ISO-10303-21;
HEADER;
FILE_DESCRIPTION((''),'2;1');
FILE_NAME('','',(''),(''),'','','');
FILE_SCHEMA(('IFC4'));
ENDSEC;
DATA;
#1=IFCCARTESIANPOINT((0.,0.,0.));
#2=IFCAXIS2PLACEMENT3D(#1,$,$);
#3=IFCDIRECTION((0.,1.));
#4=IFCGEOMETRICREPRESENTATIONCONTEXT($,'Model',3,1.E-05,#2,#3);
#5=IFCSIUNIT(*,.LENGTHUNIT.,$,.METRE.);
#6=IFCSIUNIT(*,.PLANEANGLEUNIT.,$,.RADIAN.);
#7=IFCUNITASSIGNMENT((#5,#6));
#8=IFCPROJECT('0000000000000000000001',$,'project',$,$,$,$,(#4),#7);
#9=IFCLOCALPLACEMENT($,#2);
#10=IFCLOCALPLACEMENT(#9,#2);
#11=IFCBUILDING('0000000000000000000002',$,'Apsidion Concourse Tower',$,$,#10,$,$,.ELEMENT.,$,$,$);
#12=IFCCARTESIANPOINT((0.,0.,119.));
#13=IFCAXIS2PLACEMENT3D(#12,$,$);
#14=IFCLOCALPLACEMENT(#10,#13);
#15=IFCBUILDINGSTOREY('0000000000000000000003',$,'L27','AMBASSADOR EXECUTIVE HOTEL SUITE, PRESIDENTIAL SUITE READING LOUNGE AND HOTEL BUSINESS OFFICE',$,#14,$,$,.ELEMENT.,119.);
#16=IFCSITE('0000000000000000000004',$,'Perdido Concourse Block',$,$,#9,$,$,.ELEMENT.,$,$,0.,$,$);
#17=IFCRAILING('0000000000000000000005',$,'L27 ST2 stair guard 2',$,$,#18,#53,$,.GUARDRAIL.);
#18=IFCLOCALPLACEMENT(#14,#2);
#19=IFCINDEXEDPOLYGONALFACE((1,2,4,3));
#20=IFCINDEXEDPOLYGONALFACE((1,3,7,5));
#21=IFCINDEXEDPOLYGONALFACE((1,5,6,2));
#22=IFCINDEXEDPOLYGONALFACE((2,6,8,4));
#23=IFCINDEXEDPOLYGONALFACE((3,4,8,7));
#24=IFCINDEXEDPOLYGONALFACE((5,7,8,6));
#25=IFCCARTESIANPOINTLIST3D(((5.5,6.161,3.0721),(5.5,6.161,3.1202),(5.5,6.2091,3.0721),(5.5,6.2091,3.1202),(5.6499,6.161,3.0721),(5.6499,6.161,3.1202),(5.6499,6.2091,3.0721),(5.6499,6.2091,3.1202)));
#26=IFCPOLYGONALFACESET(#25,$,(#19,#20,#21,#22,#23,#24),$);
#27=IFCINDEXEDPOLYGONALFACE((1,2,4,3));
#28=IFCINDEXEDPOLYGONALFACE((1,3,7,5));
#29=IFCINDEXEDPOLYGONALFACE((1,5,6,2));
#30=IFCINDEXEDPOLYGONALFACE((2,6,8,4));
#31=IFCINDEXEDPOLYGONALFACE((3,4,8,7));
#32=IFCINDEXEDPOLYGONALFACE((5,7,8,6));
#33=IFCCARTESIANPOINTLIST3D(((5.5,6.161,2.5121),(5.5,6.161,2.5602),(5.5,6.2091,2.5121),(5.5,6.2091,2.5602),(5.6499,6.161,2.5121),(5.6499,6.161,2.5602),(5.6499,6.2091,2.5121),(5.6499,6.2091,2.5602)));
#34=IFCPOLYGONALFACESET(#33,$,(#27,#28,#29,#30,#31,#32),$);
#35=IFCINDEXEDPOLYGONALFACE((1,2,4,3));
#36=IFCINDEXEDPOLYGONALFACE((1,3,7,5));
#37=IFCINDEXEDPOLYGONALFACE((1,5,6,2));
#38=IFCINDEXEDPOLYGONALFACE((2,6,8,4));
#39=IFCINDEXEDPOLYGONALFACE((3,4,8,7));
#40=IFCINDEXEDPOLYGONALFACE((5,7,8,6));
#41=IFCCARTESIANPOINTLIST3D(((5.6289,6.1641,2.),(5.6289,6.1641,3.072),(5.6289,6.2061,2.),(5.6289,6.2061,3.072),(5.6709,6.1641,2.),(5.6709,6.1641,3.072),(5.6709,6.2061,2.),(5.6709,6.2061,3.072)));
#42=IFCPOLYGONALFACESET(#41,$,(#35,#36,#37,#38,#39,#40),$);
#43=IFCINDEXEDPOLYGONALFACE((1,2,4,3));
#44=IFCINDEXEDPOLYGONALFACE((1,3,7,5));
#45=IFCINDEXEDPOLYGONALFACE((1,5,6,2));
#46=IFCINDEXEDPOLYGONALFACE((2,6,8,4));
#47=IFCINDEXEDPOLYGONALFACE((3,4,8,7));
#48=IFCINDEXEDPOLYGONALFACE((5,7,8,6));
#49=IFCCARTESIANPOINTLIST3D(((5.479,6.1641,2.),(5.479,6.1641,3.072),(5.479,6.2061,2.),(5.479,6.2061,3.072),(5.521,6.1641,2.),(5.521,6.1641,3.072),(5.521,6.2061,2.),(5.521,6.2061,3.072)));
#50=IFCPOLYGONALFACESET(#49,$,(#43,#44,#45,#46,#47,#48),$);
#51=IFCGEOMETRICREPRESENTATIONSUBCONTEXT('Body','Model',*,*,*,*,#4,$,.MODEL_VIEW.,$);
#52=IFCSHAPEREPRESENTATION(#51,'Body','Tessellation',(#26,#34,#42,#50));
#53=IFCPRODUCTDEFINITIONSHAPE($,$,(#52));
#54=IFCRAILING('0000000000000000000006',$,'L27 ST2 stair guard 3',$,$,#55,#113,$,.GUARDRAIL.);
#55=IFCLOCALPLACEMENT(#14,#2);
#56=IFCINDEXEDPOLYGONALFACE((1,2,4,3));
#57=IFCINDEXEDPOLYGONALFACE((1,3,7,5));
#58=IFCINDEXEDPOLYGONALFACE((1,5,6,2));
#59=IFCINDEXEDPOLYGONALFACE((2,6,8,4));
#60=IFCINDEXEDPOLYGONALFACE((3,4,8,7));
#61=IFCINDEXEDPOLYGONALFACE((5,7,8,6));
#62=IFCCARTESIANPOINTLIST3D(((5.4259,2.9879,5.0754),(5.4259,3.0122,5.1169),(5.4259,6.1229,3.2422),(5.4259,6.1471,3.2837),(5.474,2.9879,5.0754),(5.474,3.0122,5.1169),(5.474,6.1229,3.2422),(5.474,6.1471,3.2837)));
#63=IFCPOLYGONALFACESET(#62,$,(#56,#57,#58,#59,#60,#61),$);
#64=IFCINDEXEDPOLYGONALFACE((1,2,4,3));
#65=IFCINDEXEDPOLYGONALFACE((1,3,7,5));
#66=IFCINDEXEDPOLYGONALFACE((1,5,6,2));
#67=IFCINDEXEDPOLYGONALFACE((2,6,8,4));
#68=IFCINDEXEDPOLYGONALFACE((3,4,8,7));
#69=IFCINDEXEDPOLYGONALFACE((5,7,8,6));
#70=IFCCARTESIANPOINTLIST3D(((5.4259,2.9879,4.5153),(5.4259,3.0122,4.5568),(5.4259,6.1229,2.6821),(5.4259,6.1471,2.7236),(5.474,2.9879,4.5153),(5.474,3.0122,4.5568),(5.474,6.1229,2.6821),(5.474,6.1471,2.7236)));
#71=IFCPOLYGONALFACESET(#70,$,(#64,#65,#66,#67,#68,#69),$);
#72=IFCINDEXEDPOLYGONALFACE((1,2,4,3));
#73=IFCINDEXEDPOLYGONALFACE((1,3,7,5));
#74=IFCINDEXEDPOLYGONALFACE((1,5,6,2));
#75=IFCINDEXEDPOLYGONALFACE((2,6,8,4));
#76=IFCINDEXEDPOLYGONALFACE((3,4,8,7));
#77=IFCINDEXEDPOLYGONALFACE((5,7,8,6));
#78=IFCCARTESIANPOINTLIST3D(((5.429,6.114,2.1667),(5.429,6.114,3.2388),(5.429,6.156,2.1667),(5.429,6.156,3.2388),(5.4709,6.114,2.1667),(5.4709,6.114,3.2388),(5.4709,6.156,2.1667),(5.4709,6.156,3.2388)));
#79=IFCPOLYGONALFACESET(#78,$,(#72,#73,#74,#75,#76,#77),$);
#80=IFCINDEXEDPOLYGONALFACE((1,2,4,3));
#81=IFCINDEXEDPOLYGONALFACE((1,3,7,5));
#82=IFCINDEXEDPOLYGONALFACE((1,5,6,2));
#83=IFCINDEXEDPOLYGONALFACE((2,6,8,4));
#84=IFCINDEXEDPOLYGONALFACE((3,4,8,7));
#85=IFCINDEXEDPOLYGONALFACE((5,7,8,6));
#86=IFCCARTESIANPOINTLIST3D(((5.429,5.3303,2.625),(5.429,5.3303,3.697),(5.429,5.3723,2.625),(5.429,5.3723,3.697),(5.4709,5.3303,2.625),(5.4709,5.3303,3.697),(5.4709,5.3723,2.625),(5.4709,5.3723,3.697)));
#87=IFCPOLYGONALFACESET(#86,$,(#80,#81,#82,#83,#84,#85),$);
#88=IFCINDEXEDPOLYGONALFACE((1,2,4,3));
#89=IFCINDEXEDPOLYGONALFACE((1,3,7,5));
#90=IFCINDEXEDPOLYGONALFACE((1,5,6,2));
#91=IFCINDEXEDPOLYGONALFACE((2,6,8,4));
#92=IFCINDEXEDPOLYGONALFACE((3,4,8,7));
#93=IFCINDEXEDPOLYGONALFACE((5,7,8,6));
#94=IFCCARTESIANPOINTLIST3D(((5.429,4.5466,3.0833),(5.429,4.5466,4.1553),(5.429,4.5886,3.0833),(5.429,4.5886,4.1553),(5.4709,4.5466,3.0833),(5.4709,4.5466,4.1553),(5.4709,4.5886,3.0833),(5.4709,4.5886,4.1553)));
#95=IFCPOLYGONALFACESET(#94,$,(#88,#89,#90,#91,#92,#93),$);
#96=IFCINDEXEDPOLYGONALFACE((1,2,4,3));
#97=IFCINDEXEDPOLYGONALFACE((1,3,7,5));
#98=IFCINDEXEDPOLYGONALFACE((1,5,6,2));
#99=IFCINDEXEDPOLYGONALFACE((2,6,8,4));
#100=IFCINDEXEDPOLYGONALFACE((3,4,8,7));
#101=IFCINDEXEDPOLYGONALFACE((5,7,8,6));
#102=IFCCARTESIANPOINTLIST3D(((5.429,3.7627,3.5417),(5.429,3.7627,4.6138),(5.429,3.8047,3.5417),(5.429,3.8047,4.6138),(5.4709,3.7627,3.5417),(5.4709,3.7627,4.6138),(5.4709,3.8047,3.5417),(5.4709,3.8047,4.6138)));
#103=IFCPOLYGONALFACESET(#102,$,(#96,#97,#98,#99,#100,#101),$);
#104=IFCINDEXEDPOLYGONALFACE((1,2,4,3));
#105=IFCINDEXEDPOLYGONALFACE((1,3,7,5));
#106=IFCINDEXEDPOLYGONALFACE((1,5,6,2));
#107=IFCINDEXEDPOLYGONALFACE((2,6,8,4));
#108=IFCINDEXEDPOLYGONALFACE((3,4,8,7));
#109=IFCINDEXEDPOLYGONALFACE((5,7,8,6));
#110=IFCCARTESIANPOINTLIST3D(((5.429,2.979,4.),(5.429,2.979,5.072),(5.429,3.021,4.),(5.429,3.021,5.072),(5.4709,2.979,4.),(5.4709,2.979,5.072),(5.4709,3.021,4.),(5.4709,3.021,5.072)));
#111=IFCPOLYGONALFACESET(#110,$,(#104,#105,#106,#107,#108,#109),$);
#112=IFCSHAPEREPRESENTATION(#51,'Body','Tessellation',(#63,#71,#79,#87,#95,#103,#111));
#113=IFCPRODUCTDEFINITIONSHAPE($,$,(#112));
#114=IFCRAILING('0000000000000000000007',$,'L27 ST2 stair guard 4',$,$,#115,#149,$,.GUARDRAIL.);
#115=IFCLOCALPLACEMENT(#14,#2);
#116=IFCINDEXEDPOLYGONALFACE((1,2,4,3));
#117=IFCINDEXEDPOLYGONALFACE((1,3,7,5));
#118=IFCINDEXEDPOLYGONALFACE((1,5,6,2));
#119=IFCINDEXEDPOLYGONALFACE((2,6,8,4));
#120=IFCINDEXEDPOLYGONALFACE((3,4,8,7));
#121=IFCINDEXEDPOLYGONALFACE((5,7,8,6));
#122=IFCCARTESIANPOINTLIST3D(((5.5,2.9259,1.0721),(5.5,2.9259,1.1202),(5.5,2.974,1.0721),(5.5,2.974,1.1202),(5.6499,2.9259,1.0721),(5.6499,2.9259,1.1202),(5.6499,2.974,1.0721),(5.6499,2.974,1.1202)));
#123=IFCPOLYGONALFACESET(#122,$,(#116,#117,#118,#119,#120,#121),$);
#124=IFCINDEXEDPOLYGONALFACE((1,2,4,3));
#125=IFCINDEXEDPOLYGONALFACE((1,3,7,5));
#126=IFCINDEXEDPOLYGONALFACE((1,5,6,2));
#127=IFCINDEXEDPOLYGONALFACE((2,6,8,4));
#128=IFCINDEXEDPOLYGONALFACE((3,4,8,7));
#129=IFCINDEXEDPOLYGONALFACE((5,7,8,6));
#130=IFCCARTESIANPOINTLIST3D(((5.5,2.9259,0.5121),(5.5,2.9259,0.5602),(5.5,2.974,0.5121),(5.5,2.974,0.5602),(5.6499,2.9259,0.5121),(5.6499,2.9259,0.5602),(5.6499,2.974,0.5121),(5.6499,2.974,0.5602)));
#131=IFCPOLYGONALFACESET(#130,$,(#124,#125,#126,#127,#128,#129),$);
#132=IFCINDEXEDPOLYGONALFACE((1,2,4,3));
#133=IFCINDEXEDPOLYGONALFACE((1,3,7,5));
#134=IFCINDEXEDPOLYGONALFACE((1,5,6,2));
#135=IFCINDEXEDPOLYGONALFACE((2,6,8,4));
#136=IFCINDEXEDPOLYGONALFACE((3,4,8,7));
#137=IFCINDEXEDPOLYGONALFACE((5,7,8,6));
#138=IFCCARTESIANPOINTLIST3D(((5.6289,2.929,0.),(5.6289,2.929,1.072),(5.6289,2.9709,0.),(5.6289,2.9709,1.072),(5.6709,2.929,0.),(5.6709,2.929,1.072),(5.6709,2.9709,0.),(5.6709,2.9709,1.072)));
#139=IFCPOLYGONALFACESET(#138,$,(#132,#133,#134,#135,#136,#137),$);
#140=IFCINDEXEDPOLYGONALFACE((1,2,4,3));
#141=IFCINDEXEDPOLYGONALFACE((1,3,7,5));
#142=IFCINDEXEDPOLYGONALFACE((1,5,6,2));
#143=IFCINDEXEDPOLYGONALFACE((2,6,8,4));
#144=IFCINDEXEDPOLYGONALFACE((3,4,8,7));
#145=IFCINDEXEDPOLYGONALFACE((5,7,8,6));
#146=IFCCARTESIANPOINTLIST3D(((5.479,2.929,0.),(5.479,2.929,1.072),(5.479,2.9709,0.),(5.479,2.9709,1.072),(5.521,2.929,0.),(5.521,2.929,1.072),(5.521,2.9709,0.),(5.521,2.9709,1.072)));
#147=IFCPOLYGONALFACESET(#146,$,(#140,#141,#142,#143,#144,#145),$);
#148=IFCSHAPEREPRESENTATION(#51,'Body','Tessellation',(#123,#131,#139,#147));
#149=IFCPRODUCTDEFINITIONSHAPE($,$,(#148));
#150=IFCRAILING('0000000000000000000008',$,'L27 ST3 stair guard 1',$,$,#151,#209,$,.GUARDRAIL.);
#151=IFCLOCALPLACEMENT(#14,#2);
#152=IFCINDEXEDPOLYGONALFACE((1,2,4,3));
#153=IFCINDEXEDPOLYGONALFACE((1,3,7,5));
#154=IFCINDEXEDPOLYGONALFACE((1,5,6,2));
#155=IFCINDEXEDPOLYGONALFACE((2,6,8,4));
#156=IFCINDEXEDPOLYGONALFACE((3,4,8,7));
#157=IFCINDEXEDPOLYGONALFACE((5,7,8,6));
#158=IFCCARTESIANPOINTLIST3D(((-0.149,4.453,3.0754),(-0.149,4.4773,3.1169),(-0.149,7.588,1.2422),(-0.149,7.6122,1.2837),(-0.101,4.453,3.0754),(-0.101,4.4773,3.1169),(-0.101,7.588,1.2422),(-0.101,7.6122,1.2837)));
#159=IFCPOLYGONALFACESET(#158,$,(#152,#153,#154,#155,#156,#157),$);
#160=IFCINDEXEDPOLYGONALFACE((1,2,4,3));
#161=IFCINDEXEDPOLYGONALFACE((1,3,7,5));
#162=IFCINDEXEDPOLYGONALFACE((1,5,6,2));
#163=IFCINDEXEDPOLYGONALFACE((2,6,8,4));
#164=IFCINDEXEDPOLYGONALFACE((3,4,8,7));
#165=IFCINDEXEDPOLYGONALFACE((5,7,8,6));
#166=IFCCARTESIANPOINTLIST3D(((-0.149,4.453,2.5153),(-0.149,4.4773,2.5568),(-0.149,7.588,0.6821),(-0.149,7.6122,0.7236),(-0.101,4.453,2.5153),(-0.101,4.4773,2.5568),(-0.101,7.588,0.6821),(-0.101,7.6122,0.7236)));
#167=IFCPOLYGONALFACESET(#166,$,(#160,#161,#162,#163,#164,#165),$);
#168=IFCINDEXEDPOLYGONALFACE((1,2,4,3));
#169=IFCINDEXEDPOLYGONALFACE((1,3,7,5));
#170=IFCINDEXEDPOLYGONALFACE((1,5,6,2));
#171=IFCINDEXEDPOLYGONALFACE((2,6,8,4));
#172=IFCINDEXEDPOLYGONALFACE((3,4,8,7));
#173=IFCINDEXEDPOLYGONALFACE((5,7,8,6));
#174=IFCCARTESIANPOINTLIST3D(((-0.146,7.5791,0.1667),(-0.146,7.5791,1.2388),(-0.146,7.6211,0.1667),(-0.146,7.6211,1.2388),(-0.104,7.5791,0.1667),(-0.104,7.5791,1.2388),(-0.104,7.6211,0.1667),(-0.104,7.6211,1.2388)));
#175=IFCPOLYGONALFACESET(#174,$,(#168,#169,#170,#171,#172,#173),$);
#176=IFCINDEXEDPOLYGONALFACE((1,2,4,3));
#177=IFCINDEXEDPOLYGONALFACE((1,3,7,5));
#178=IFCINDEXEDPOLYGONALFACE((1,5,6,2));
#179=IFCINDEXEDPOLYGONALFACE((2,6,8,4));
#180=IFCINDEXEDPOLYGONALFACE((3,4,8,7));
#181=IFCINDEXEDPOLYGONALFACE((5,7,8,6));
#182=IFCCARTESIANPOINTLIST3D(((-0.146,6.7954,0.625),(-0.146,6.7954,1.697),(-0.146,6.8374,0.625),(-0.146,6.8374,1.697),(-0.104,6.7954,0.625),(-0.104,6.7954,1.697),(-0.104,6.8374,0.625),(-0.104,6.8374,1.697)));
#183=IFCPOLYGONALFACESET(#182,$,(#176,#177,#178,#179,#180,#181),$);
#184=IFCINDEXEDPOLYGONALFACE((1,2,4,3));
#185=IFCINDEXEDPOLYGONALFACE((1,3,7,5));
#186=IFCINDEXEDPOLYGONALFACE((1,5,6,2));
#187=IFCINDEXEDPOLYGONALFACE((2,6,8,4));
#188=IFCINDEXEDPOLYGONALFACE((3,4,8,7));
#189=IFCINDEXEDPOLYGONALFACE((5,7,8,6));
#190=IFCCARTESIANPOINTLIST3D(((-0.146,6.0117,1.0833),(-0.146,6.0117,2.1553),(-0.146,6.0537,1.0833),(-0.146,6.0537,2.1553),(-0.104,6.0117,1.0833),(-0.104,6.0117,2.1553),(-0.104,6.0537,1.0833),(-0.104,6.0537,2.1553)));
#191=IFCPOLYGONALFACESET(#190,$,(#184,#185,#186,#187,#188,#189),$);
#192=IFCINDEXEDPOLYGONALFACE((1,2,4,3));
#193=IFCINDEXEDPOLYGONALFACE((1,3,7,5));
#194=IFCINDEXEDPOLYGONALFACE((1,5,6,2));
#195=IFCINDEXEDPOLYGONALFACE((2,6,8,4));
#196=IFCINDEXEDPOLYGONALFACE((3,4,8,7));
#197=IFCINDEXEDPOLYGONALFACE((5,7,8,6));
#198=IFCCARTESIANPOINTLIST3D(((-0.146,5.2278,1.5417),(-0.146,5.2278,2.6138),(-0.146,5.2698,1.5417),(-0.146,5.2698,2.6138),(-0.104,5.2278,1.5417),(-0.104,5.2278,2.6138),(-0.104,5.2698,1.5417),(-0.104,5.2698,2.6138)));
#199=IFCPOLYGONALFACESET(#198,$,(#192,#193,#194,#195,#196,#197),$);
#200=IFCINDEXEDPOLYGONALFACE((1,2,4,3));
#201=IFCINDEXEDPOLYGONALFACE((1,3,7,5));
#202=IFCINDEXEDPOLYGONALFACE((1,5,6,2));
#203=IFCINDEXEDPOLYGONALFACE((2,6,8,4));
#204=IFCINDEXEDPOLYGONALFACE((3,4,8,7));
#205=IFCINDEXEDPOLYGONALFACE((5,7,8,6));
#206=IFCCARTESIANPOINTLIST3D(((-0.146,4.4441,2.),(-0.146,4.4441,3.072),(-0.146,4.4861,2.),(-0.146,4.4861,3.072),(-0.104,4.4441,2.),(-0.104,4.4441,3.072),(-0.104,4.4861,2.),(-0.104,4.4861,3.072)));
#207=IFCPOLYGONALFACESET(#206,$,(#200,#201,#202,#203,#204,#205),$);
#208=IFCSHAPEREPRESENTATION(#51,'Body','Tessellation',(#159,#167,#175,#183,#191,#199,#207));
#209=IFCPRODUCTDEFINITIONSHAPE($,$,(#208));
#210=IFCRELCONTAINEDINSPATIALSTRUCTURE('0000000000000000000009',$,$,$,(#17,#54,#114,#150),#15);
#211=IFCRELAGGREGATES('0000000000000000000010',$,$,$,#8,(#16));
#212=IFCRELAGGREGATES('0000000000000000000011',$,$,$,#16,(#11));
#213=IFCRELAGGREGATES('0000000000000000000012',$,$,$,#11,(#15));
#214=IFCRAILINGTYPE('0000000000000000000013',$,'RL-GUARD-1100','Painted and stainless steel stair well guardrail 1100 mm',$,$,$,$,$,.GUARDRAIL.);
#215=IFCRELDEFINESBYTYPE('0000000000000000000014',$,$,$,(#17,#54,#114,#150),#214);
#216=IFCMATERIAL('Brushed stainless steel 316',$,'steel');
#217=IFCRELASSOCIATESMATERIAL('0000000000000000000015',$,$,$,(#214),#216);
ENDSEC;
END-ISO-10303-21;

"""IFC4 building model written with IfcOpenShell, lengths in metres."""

from ifc_helpers import new_model, si_unit, direction, frame, origin, origin_2d, place, context, subcontext, project, spatial, rectangle, extrude, material, type_object, element, save


model = new_model("IFC4")

# Units and contexts
model_context = context("Model", 3, precision=1e-05, world=origin(), true_north=direction((0.0, 1.0)))
body_context = subcontext(model_context, "Body", "Model", "MODEL_VIEW")
ifc_project = project(units=[si_unit("LENGTHUNIT", "METRE"), si_unit("PLANEANGLEUNIT", "RADIAN")], contexts=[model_context])

# Site, building, storey
site_placement = place(None, origin())
site = spatial("IfcSite", under=ifc_project, at=site_placement, Name="Perdido Concourse Block", CompositionType="ELEMENT", RefElevation=0.0)
building_placement = place(site_placement, origin())
building = spatial("IfcBuilding", under=site, at=building_placement, Name="Apsidion Concourse Tower", CompositionType="ELEMENT")
storey_placement = place(building_placement, frame((0.0, 0.0, 119.0)))
storey = spatial("IfcBuildingStorey", under=building, at=storey_placement, Name="L27", Description="AMBASSADOR EXECUTIVE HOTEL SUITE, PRESIDENTIAL SUITE READING LOUNGE AND HOTEL BUSINESS OFFICE", CompositionType="ELEMENT", Elevation=119.0)

# Railings
ifc_material_1 = material(Name="Brushed stainless steel 316", Category="steel")
railing_type_1 = type_object("IfcRailingType", Name="RL-GUARD-1100", Description="Painted and stainless steel stair well guardrail 1100 mm", PredefinedType="GUARDRAIL", material=ifc_material_1)
railing_1_placement = place(storey_placement, frame((5.6499, 6.1851, 2.0)))
element("IfcRailing", 1, at=railing_1_placement, inside=storey, type_object=railing_type_1, Name="L27 ST2 stair guard 2", PredefinedType="GUARDRAIL", context=body_context, shape_type="SweptSolid", body=[
    extrude(rectangle(XDim=0.0481, YDim=0.0481, at=origin_2d()), frame((0.0, 0.0, 1.0962), z_axis=(-1.0, 0.0, 0.0), x_axis=(0.0, -1.0, 0.0)), (0.0, 0.0, 1.0), 0.1499),
    extrude(rectangle(XDim=0.0481, YDim=0.0481, at=origin_2d()), frame((0.0, 0.0, 0.5361), z_axis=(-1.0, 0.0, 0.0), x_axis=(0.0, -1.0, 0.0)), (0.0, 0.0, 1.0), 0.1499),
    extrude(rectangle(XDim=0.042, YDim=0.042, at=origin_2d()), origin(), (0.0, 0.0, 1.0), 1.072),
    extrude(rectangle(XDim=0.042, YDim=0.042, at=origin_2d()), frame((-0.1499, 0.0, 0.0)), (0.0, 0.0, 1.0), 1.072),
])
railing_2_placement = place(storey_placement, frame((5.45, 6.135, 2.1667)))
element("IfcRailing", 2, at=railing_2_placement, inside=storey, type_object=railing_type_1, Name="L27 ST2 stair guard 3", PredefinedType="GUARDRAIL", context=body_context, shape_type="SweptSolid", body=[
    extrude(rectangle(XDim=0.0481, YDim=0.0481, at=origin_2d()), frame((0.0, 0.0, 1.0962), z_axis=(0.0, -0.86324, 0.504794), x_axis=(1.0, 0.0, 0.0)), (0.0, 0.0, 1.0), 3.6316),
    extrude(rectangle(XDim=0.0481, YDim=0.0481, at=origin_2d()), frame((0.0, 0.0, 0.5361), z_axis=(0.0, -0.86324, 0.504794), x_axis=(1.0, 0.0, 0.0)), (0.0, 0.0, 1.0), 3.6316),
    extrude(rectangle(XDim=0.042, YDim=0.042, at=origin_2d()), origin(), (0.0, 0.0, 1.0), 1.072),
    extrude(rectangle(XDim=0.042, YDim=0.042, at=origin_2d()), frame((0.0, -0.7837, 0.4583)), (0.0, 0.0, 1.0), 1.072),
    extrude(rectangle(XDim=0.042, YDim=0.042, at=origin_2d()), frame((0.0, -1.5674, 0.9165)), (0.0, 0.0, 1.0), 1.072),
    extrude(rectangle(XDim=0.042, YDim=0.042, at=origin_2d()), frame((0.0, -2.3513, 1.375)), (0.0, 0.0, 1.0), 1.072),
    extrude(rectangle(XDim=0.042, YDim=0.042, at=origin_2d()), frame((0.0, -3.135, 1.8333)), (0.0, 0.0, 1.0), 1.072),
])
railing_3_placement = place(storey_placement, frame((5.6499, 2.95, 0.0)))
element("IfcRailing", 3, at=railing_3_placement, inside=storey, type_object=railing_type_1, Name="L27 ST2 stair guard 4", PredefinedType="GUARDRAIL", context=body_context, shape_type="SweptSolid", body=[
    extrude(rectangle(XDim=0.0481, YDim=0.0481, at=origin_2d()), frame((0.0, 0.0, 1.0962), z_axis=(-1.0, 0.0, 0.0), x_axis=(0.0, -1.0, 0.0)), (0.0, 0.0, 1.0), 0.1499),
    extrude(rectangle(XDim=0.0481, YDim=0.0481, at=origin_2d()), frame((0.0, 0.0, 0.5361), z_axis=(-1.0, 0.0, 0.0), x_axis=(0.0, -1.0, 0.0)), (0.0, 0.0, 1.0), 0.1499),
    extrude(rectangle(XDim=0.042, YDim=0.042, at=origin_2d()), origin(), (0.0, 0.0, 1.0), 1.072),
    extrude(rectangle(XDim=0.042, YDim=0.042, at=origin_2d()), frame((-0.1499, 0.0, 0.0)), (0.0, 0.0, 1.0), 1.072),
])
railing_4_placement = place(storey_placement, frame((-0.125, 7.6001, 0.1667)))
element("IfcRailing", 4, at=railing_4_placement, inside=storey, type_object=railing_type_1, Name="L27 ST3 stair guard 1", PredefinedType="GUARDRAIL", context=body_context, shape_type="SweptSolid", body=[
    extrude(rectangle(XDim=0.0481, YDim=0.0481, at=origin_2d()), frame((0.0, 0.0, 1.0962), z_axis=(0.0, -0.86324, 0.504794), x_axis=(1.0, 0.0, 0.0)), (0.0, 0.0, 1.0), 3.6316),
    extrude(rectangle(XDim=0.0481, YDim=0.0481, at=origin_2d()), frame((0.0, 0.0, 0.5361), z_axis=(0.0, -0.86324, 0.504794), x_axis=(1.0, 0.0, 0.0)), (0.0, 0.0, 1.0), 3.6316),
    extrude(rectangle(XDim=0.042, YDim=0.042, at=origin_2d()), origin(), (0.0, 0.0, 1.0), 1.072),
    extrude(rectangle(XDim=0.042, YDim=0.042, at=origin_2d()), frame((0.0, -0.7837, 0.4583)), (0.0, 0.0, 1.0), 1.072),
    extrude(rectangle(XDim=0.042, YDim=0.042, at=origin_2d()), frame((0.0, -1.5674, 0.9165)), (0.0, 0.0, 1.0), 1.072),
    extrude(rectangle(XDim=0.042, YDim=0.042, at=origin_2d()), frame((0.0, -2.3513, 1.375)), (0.0, 0.0, 1.0), 1.072),
    extrude(rectangle(XDim=0.042, YDim=0.042, at=origin_2d()), frame((0.0, -3.135, 1.8333)), (0.0, 0.0, 1.0), 1.072),
])

save(model, "model.ifc")
